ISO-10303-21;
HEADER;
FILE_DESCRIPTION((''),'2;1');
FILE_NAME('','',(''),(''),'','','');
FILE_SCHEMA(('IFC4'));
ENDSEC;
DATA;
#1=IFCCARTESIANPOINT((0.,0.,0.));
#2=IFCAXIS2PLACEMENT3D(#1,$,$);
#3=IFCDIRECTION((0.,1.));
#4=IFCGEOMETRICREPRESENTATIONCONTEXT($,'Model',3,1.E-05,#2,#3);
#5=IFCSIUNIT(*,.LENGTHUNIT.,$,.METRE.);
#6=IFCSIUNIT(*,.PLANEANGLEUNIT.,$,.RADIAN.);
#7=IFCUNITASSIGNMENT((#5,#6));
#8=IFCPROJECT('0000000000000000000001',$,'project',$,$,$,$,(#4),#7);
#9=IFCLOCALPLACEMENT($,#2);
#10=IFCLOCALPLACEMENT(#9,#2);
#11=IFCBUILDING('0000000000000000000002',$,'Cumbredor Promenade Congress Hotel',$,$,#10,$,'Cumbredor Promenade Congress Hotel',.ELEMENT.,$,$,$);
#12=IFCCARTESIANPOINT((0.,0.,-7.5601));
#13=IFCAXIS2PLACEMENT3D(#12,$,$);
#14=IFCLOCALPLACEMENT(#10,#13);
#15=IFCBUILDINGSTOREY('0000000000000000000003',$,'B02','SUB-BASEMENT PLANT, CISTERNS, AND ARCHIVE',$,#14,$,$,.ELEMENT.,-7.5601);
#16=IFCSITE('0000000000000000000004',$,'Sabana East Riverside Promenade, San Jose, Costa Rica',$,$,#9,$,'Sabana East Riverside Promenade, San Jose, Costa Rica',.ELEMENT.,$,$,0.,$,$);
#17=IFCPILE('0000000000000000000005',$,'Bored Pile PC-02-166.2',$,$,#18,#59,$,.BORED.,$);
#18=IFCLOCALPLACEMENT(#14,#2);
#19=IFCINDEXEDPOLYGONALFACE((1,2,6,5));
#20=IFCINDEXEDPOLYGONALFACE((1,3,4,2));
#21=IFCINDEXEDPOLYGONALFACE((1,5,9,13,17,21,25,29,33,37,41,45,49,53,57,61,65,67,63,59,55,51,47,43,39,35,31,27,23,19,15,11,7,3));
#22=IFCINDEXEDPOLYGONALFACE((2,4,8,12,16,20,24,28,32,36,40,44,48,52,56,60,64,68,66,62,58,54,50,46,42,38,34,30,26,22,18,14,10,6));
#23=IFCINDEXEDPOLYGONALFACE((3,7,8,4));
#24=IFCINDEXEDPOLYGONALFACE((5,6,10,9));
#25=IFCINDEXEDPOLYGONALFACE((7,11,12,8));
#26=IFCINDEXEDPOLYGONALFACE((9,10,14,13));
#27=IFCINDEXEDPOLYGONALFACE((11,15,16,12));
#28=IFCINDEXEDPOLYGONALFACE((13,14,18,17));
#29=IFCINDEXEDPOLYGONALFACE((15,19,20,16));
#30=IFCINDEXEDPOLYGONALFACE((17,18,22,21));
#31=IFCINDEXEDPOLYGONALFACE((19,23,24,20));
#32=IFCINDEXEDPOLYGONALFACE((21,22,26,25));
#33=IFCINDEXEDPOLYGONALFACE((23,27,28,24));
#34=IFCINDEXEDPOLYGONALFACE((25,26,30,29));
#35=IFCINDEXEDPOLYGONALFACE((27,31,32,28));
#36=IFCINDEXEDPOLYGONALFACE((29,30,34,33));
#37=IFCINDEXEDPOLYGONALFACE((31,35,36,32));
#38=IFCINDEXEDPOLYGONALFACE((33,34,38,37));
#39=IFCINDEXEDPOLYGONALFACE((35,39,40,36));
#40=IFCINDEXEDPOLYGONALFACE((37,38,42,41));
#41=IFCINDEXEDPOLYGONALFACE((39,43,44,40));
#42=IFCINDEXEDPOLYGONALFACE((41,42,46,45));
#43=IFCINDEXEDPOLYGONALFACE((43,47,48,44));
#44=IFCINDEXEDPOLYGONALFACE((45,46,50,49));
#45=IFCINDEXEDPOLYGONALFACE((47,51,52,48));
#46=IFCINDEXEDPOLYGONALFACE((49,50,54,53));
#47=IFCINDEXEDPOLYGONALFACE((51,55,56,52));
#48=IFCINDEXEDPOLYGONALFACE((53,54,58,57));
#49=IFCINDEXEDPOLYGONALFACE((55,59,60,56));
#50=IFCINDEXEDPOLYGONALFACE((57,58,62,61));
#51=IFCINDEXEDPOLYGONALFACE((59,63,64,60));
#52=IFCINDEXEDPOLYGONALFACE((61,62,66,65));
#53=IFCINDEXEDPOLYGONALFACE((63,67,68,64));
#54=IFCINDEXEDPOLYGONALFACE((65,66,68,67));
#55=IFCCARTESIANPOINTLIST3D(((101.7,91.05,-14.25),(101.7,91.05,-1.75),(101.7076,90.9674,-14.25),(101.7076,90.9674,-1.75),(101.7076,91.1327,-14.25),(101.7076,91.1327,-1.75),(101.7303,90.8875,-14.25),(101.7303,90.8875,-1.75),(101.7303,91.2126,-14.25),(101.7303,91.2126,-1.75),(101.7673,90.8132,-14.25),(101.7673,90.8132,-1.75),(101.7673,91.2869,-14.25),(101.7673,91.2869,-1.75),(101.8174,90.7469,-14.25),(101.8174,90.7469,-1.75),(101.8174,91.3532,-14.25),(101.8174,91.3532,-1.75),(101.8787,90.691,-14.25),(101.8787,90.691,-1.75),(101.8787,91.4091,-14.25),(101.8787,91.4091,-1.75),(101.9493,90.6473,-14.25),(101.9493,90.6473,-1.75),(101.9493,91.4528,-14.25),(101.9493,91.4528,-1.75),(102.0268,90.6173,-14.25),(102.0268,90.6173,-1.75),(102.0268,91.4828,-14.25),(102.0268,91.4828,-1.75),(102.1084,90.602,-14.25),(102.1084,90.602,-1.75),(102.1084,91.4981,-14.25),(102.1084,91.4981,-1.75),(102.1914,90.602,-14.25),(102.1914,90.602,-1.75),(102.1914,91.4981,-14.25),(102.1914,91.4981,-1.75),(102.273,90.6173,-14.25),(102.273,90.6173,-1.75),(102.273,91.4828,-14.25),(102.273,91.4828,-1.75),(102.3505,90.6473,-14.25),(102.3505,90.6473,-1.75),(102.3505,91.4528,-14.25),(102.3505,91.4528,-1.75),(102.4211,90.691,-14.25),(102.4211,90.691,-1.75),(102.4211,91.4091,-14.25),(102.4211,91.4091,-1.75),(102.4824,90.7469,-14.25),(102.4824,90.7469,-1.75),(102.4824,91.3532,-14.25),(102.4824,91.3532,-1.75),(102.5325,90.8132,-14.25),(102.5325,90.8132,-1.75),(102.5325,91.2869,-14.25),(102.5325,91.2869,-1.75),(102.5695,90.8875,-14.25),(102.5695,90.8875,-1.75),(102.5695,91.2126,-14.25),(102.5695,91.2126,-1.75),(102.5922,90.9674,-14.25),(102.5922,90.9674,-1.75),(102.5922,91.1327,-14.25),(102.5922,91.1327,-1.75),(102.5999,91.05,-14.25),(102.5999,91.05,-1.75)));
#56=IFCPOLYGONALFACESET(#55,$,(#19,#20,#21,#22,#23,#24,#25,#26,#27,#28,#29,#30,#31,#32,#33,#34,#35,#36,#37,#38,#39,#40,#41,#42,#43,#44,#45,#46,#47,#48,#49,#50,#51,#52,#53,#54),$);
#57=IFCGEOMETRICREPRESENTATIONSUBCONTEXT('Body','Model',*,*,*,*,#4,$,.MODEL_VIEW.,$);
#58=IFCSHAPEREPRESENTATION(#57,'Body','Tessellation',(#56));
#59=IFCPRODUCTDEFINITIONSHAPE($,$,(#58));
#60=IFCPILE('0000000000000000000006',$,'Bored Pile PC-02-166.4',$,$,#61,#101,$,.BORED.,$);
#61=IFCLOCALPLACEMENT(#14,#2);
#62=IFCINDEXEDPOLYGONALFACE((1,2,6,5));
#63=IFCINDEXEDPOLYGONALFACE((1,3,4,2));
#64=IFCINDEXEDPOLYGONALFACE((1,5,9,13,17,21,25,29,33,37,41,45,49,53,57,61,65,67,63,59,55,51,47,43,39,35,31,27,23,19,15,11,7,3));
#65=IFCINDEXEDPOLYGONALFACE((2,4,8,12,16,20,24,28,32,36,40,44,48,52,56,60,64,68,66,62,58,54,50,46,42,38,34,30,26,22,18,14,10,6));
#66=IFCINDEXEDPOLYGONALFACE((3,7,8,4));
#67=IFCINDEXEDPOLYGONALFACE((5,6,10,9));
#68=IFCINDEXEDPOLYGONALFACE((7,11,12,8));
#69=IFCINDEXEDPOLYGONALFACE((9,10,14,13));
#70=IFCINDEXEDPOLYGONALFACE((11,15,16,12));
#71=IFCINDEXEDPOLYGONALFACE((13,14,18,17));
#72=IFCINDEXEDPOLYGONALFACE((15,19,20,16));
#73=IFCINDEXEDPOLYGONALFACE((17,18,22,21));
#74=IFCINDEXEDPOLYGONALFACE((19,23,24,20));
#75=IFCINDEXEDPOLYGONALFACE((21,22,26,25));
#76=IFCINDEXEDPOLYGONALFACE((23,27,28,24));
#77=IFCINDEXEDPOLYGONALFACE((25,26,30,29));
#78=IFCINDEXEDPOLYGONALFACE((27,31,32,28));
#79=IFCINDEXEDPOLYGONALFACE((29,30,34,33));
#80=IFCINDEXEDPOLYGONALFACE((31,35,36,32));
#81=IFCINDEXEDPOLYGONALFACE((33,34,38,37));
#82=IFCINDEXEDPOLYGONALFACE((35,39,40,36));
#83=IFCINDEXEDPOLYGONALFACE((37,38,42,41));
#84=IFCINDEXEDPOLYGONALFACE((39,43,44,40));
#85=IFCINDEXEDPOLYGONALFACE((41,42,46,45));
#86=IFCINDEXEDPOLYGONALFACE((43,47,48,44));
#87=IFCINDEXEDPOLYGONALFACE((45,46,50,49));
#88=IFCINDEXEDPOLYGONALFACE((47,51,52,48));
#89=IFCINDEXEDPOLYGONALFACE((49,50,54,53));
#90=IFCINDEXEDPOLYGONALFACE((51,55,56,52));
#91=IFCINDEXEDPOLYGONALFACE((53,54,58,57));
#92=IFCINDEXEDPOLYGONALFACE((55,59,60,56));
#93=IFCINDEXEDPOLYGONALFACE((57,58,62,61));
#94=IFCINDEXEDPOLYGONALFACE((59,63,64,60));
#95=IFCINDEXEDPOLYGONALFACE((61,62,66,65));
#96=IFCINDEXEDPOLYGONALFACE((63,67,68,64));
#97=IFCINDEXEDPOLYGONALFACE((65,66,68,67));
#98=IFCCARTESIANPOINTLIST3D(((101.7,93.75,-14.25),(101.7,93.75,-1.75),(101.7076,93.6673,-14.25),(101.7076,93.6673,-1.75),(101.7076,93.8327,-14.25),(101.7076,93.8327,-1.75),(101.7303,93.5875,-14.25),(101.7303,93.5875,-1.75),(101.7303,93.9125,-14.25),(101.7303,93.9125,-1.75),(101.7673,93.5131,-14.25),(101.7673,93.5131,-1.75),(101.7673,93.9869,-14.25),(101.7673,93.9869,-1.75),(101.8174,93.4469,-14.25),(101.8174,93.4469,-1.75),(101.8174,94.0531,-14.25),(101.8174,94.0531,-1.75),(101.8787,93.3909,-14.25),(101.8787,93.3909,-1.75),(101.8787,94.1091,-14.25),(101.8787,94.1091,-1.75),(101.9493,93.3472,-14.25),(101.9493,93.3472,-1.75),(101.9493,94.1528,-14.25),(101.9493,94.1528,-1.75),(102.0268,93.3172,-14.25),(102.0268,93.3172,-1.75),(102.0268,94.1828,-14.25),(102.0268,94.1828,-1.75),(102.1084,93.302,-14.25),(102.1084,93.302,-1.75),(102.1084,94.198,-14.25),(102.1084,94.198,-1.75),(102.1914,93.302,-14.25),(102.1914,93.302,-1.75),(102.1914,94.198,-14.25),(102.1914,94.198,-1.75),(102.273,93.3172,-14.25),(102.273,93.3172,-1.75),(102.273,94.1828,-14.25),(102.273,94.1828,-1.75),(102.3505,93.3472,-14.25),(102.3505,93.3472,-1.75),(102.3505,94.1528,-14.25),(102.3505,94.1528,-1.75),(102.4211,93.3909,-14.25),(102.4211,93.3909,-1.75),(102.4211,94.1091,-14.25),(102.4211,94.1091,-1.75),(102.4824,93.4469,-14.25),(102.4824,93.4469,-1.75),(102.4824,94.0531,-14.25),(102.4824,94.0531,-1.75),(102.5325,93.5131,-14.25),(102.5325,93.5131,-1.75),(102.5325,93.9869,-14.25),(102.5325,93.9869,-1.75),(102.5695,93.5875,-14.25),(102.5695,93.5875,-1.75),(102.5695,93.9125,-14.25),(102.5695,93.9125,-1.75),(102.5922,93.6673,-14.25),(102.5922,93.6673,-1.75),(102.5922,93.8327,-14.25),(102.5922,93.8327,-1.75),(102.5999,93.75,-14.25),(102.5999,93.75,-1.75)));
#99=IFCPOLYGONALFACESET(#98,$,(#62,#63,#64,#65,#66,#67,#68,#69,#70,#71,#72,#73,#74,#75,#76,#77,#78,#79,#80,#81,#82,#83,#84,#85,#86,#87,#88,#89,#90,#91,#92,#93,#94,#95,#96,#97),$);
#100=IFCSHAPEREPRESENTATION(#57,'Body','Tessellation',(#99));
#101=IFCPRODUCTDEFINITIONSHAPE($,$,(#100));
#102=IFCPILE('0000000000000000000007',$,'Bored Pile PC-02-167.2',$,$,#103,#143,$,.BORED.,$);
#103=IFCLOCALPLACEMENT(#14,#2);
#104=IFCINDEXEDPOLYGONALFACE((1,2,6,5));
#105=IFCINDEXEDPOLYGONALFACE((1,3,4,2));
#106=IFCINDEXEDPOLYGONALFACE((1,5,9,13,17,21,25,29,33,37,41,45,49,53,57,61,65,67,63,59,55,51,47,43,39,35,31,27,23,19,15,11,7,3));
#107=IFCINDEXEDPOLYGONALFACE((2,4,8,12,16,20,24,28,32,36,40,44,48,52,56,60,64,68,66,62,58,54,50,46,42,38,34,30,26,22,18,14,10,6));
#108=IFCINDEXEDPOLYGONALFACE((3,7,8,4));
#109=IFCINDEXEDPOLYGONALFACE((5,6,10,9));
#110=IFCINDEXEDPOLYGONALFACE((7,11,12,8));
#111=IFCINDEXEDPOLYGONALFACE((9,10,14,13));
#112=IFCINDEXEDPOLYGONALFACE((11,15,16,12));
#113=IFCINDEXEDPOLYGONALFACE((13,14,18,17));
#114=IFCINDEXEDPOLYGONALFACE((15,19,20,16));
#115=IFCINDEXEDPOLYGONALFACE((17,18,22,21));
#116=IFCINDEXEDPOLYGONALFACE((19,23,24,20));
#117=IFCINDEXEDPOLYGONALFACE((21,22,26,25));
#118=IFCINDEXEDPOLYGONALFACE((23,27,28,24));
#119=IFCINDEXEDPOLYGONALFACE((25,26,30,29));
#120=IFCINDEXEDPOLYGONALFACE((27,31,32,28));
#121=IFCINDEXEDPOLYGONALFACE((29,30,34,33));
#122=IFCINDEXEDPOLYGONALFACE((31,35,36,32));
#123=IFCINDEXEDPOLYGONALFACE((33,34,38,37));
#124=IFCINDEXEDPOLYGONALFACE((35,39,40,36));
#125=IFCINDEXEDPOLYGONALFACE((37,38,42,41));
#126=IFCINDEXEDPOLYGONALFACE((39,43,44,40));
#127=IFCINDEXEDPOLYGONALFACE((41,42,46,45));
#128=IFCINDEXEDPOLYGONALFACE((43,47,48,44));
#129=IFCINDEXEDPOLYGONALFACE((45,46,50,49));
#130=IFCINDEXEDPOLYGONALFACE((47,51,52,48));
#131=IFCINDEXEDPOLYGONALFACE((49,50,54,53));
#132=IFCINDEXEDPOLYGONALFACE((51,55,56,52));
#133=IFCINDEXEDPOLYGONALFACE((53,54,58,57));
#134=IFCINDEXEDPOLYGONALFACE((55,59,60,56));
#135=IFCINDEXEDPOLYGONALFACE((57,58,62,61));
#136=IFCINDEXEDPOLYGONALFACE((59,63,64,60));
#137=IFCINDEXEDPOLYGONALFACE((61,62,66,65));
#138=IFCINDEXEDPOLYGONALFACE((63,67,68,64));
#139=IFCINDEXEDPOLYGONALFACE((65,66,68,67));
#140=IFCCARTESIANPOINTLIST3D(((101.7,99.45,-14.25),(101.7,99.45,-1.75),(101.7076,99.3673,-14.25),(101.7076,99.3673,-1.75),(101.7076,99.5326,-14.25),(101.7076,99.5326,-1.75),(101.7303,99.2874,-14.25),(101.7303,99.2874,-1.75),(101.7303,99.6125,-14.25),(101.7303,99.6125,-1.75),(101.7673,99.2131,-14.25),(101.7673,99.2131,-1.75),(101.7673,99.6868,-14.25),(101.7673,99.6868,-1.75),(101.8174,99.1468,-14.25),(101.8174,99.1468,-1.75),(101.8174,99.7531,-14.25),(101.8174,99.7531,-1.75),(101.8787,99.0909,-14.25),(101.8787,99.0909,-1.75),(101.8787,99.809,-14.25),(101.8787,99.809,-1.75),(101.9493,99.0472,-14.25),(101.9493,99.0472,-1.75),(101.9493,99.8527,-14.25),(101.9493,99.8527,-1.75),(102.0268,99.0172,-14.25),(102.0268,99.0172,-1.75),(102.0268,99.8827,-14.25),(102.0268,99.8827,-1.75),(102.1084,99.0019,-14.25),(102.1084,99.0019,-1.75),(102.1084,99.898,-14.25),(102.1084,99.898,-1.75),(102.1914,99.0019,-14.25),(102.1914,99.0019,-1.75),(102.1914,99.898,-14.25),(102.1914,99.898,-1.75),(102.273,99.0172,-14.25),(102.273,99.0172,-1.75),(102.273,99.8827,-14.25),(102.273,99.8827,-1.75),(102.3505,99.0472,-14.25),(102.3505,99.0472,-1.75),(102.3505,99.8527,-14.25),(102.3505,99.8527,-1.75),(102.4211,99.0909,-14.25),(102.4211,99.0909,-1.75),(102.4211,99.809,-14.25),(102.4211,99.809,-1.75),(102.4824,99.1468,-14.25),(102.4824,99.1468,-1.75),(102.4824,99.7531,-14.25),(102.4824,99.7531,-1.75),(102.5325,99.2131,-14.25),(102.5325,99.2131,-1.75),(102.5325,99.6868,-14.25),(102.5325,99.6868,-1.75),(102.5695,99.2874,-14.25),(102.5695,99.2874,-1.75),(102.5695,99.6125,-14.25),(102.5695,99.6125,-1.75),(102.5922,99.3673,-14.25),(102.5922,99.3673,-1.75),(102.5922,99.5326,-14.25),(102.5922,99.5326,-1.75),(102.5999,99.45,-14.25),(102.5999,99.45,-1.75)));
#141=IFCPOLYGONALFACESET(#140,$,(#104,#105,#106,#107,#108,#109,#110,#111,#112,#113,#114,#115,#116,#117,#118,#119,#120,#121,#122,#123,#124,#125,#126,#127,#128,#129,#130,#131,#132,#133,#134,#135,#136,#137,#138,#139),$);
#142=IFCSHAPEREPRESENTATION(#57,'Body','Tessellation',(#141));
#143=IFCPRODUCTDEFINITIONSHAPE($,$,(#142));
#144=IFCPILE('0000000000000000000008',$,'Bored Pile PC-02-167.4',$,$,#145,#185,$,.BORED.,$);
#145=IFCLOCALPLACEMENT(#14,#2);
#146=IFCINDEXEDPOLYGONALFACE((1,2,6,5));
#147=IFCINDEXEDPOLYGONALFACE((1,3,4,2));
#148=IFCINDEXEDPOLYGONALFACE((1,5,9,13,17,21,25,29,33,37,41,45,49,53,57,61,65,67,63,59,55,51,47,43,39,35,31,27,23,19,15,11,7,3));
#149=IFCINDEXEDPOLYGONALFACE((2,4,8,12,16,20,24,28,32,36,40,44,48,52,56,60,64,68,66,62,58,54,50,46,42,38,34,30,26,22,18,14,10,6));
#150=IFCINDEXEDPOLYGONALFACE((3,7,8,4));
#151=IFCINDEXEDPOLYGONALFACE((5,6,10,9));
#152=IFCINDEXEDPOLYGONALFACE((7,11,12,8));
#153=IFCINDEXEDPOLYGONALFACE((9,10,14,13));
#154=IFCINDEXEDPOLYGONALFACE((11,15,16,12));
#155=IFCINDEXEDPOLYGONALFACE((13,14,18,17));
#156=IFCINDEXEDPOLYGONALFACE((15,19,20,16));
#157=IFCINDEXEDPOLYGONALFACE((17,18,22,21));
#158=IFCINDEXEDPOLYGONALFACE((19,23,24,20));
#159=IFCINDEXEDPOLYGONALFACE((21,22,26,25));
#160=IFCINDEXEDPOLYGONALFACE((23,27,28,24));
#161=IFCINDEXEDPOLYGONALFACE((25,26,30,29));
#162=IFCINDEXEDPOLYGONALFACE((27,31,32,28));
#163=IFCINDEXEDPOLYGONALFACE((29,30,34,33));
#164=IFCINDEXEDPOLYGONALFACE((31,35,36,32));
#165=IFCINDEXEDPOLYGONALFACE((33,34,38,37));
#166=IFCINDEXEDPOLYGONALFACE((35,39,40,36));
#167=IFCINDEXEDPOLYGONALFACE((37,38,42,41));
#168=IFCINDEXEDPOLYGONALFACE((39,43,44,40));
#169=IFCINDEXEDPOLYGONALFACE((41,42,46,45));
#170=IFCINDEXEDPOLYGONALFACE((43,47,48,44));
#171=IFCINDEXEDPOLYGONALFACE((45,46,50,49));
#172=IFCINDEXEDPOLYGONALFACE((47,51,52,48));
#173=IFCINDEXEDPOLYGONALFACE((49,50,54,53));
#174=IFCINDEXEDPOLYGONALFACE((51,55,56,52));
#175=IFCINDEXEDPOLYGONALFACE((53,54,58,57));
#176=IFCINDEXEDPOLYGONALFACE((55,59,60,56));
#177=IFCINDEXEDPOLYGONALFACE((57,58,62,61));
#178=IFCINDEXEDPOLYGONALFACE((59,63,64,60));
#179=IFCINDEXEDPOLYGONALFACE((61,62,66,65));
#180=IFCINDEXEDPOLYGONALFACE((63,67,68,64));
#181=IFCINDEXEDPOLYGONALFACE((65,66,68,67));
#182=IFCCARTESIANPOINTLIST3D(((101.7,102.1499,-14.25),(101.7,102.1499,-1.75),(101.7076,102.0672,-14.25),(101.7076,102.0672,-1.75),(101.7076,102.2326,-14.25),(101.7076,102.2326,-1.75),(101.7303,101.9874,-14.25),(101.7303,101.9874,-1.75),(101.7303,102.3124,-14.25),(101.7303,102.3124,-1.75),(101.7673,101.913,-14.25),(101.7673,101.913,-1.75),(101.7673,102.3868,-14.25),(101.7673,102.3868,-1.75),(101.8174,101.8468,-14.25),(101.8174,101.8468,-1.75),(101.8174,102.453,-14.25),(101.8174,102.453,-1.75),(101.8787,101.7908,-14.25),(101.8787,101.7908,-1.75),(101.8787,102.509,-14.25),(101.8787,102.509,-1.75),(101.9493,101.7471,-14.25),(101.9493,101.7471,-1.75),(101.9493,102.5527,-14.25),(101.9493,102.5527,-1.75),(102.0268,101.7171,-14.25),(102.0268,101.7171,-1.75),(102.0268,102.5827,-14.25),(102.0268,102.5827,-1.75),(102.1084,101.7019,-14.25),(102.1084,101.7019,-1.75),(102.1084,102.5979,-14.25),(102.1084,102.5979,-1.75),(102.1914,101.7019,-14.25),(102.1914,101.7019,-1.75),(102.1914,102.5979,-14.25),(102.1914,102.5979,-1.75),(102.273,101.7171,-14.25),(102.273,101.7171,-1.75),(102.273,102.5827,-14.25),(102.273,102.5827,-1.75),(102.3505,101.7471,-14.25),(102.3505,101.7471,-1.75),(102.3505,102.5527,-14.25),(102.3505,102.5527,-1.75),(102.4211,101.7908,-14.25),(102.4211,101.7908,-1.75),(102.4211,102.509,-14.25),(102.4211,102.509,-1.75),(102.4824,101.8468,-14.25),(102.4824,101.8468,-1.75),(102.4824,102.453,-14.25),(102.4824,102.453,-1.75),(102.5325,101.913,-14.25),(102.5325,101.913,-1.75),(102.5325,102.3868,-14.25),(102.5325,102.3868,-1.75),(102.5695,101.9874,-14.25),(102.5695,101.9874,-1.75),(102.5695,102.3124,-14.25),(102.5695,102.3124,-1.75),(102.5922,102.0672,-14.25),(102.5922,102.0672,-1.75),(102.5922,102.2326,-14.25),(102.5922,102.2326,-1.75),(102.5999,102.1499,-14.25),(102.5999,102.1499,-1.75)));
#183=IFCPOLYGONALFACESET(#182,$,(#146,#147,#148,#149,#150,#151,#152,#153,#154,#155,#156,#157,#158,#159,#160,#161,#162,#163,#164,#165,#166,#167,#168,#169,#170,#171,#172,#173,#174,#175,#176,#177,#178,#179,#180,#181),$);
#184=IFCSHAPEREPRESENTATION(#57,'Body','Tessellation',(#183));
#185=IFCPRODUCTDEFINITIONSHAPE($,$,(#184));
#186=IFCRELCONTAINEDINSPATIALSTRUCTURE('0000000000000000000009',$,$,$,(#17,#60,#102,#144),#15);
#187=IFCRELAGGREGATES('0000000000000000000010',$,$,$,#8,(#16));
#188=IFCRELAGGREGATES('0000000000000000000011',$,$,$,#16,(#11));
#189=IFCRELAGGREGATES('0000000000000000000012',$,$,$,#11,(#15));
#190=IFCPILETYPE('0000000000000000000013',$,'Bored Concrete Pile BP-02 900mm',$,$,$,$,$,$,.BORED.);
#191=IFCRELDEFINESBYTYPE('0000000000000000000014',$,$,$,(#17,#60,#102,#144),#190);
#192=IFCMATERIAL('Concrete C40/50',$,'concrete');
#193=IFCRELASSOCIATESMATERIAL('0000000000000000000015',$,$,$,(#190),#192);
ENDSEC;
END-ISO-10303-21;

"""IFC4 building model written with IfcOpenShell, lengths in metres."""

from ifc_helpers import new_model, si_unit, direction, frame, origin, origin_2d, place, context, subcontext, project, spatial, circle, extrude, material, material_profile, profile_set, type_object, element, save


model = new_model("IFC4")

# Units and contexts
model_context = context("Model", 3, precision=1e-05, world=origin(), true_north=direction((0.0, 1.0)))
body_context = subcontext(model_context, "Body", "Model", "MODEL_VIEW")
ifc_project = project(units=[si_unit("LENGTHUNIT", "METRE"), si_unit("PLANEANGLEUNIT", "RADIAN")], contexts=[model_context])

# Site, building, storey
site_placement = place(None, origin())
site = spatial("IfcSite", under=ifc_project, at=site_placement, Name="Sabana East Riverside Promenade, San Jose, Costa Rica", LongName="Sabana East Riverside Promenade, San Jose, Costa Rica", CompositionType="ELEMENT", RefElevation=0.0)
building_placement = place(site_placement, origin())
building = spatial("IfcBuilding", under=site, at=building_placement, Name="Cumbredor Promenade Congress Hotel", LongName="Cumbredor Promenade Congress Hotel", CompositionType="ELEMENT")
storey_placement = place(building_placement, frame((0.0, 0.0, -7.5601)))
storey = spatial("IfcBuildingStorey", under=building, at=storey_placement, Name="B02", Description="SUB-BASEMENT PLANT, CISTERNS, AND ARCHIVE", CompositionType="ELEMENT", Elevation=-7.5601)

# Piles
ifc_material_1 = material(Name="Concrete C40/50", Category="concrete")
ifc_material_profile_1 = material_profile(ifc_material_1, circle(Radius=0.45, at=origin_2d()), Name="PILE D900")
ifc_profile_set_1 = profile_set([ifc_material_profile_1], Name="Concrete C40/50")
pile_type = type_object("IfcPileType", Name="Bored Concrete Pile BP-02 900mm", PredefinedType="BORED", material=ifc_profile_set_1)
for number, where, z_axis, x_axis, name in (
    (1, (102.1499, 91.05, -1.75), (0.0, 0.0, -1.0), (1.0, 0.0, 0.0), "Bored Pile PC-02-166.2"),
    (2, (102.1499, 93.75, -1.75), (0.0, 0.0, -1.0), (1.0, 0.0, 0.0), "Bored Pile PC-02-166.4"),
    (3, (102.1499, 99.45, -1.75), (0.0, 0.0, -1.0), (1.0, 0.0, 0.0), "Bored Pile PC-02-167.2"),
    (4, (102.1499, 102.1499, -1.75), (0.0, 0.0, -1.0), (1.0, 0.0, 0.0), "Bored Pile PC-02-167.4"),
):
    element("IfcPile", number, at=place(storey_placement, frame(where, z_axis=z_axis, x_axis=x_axis)), inside=storey, type_object=pile_type, Name=name, PredefinedType="BORED", context=body_context, shape_type="SweptSolid", body=[
        extrude(circle(Radius=0.45, at=origin_2d()), origin(), (0.0, 0.0, 1.0), 12.5),
    ])

save(model, "model.ifc")
